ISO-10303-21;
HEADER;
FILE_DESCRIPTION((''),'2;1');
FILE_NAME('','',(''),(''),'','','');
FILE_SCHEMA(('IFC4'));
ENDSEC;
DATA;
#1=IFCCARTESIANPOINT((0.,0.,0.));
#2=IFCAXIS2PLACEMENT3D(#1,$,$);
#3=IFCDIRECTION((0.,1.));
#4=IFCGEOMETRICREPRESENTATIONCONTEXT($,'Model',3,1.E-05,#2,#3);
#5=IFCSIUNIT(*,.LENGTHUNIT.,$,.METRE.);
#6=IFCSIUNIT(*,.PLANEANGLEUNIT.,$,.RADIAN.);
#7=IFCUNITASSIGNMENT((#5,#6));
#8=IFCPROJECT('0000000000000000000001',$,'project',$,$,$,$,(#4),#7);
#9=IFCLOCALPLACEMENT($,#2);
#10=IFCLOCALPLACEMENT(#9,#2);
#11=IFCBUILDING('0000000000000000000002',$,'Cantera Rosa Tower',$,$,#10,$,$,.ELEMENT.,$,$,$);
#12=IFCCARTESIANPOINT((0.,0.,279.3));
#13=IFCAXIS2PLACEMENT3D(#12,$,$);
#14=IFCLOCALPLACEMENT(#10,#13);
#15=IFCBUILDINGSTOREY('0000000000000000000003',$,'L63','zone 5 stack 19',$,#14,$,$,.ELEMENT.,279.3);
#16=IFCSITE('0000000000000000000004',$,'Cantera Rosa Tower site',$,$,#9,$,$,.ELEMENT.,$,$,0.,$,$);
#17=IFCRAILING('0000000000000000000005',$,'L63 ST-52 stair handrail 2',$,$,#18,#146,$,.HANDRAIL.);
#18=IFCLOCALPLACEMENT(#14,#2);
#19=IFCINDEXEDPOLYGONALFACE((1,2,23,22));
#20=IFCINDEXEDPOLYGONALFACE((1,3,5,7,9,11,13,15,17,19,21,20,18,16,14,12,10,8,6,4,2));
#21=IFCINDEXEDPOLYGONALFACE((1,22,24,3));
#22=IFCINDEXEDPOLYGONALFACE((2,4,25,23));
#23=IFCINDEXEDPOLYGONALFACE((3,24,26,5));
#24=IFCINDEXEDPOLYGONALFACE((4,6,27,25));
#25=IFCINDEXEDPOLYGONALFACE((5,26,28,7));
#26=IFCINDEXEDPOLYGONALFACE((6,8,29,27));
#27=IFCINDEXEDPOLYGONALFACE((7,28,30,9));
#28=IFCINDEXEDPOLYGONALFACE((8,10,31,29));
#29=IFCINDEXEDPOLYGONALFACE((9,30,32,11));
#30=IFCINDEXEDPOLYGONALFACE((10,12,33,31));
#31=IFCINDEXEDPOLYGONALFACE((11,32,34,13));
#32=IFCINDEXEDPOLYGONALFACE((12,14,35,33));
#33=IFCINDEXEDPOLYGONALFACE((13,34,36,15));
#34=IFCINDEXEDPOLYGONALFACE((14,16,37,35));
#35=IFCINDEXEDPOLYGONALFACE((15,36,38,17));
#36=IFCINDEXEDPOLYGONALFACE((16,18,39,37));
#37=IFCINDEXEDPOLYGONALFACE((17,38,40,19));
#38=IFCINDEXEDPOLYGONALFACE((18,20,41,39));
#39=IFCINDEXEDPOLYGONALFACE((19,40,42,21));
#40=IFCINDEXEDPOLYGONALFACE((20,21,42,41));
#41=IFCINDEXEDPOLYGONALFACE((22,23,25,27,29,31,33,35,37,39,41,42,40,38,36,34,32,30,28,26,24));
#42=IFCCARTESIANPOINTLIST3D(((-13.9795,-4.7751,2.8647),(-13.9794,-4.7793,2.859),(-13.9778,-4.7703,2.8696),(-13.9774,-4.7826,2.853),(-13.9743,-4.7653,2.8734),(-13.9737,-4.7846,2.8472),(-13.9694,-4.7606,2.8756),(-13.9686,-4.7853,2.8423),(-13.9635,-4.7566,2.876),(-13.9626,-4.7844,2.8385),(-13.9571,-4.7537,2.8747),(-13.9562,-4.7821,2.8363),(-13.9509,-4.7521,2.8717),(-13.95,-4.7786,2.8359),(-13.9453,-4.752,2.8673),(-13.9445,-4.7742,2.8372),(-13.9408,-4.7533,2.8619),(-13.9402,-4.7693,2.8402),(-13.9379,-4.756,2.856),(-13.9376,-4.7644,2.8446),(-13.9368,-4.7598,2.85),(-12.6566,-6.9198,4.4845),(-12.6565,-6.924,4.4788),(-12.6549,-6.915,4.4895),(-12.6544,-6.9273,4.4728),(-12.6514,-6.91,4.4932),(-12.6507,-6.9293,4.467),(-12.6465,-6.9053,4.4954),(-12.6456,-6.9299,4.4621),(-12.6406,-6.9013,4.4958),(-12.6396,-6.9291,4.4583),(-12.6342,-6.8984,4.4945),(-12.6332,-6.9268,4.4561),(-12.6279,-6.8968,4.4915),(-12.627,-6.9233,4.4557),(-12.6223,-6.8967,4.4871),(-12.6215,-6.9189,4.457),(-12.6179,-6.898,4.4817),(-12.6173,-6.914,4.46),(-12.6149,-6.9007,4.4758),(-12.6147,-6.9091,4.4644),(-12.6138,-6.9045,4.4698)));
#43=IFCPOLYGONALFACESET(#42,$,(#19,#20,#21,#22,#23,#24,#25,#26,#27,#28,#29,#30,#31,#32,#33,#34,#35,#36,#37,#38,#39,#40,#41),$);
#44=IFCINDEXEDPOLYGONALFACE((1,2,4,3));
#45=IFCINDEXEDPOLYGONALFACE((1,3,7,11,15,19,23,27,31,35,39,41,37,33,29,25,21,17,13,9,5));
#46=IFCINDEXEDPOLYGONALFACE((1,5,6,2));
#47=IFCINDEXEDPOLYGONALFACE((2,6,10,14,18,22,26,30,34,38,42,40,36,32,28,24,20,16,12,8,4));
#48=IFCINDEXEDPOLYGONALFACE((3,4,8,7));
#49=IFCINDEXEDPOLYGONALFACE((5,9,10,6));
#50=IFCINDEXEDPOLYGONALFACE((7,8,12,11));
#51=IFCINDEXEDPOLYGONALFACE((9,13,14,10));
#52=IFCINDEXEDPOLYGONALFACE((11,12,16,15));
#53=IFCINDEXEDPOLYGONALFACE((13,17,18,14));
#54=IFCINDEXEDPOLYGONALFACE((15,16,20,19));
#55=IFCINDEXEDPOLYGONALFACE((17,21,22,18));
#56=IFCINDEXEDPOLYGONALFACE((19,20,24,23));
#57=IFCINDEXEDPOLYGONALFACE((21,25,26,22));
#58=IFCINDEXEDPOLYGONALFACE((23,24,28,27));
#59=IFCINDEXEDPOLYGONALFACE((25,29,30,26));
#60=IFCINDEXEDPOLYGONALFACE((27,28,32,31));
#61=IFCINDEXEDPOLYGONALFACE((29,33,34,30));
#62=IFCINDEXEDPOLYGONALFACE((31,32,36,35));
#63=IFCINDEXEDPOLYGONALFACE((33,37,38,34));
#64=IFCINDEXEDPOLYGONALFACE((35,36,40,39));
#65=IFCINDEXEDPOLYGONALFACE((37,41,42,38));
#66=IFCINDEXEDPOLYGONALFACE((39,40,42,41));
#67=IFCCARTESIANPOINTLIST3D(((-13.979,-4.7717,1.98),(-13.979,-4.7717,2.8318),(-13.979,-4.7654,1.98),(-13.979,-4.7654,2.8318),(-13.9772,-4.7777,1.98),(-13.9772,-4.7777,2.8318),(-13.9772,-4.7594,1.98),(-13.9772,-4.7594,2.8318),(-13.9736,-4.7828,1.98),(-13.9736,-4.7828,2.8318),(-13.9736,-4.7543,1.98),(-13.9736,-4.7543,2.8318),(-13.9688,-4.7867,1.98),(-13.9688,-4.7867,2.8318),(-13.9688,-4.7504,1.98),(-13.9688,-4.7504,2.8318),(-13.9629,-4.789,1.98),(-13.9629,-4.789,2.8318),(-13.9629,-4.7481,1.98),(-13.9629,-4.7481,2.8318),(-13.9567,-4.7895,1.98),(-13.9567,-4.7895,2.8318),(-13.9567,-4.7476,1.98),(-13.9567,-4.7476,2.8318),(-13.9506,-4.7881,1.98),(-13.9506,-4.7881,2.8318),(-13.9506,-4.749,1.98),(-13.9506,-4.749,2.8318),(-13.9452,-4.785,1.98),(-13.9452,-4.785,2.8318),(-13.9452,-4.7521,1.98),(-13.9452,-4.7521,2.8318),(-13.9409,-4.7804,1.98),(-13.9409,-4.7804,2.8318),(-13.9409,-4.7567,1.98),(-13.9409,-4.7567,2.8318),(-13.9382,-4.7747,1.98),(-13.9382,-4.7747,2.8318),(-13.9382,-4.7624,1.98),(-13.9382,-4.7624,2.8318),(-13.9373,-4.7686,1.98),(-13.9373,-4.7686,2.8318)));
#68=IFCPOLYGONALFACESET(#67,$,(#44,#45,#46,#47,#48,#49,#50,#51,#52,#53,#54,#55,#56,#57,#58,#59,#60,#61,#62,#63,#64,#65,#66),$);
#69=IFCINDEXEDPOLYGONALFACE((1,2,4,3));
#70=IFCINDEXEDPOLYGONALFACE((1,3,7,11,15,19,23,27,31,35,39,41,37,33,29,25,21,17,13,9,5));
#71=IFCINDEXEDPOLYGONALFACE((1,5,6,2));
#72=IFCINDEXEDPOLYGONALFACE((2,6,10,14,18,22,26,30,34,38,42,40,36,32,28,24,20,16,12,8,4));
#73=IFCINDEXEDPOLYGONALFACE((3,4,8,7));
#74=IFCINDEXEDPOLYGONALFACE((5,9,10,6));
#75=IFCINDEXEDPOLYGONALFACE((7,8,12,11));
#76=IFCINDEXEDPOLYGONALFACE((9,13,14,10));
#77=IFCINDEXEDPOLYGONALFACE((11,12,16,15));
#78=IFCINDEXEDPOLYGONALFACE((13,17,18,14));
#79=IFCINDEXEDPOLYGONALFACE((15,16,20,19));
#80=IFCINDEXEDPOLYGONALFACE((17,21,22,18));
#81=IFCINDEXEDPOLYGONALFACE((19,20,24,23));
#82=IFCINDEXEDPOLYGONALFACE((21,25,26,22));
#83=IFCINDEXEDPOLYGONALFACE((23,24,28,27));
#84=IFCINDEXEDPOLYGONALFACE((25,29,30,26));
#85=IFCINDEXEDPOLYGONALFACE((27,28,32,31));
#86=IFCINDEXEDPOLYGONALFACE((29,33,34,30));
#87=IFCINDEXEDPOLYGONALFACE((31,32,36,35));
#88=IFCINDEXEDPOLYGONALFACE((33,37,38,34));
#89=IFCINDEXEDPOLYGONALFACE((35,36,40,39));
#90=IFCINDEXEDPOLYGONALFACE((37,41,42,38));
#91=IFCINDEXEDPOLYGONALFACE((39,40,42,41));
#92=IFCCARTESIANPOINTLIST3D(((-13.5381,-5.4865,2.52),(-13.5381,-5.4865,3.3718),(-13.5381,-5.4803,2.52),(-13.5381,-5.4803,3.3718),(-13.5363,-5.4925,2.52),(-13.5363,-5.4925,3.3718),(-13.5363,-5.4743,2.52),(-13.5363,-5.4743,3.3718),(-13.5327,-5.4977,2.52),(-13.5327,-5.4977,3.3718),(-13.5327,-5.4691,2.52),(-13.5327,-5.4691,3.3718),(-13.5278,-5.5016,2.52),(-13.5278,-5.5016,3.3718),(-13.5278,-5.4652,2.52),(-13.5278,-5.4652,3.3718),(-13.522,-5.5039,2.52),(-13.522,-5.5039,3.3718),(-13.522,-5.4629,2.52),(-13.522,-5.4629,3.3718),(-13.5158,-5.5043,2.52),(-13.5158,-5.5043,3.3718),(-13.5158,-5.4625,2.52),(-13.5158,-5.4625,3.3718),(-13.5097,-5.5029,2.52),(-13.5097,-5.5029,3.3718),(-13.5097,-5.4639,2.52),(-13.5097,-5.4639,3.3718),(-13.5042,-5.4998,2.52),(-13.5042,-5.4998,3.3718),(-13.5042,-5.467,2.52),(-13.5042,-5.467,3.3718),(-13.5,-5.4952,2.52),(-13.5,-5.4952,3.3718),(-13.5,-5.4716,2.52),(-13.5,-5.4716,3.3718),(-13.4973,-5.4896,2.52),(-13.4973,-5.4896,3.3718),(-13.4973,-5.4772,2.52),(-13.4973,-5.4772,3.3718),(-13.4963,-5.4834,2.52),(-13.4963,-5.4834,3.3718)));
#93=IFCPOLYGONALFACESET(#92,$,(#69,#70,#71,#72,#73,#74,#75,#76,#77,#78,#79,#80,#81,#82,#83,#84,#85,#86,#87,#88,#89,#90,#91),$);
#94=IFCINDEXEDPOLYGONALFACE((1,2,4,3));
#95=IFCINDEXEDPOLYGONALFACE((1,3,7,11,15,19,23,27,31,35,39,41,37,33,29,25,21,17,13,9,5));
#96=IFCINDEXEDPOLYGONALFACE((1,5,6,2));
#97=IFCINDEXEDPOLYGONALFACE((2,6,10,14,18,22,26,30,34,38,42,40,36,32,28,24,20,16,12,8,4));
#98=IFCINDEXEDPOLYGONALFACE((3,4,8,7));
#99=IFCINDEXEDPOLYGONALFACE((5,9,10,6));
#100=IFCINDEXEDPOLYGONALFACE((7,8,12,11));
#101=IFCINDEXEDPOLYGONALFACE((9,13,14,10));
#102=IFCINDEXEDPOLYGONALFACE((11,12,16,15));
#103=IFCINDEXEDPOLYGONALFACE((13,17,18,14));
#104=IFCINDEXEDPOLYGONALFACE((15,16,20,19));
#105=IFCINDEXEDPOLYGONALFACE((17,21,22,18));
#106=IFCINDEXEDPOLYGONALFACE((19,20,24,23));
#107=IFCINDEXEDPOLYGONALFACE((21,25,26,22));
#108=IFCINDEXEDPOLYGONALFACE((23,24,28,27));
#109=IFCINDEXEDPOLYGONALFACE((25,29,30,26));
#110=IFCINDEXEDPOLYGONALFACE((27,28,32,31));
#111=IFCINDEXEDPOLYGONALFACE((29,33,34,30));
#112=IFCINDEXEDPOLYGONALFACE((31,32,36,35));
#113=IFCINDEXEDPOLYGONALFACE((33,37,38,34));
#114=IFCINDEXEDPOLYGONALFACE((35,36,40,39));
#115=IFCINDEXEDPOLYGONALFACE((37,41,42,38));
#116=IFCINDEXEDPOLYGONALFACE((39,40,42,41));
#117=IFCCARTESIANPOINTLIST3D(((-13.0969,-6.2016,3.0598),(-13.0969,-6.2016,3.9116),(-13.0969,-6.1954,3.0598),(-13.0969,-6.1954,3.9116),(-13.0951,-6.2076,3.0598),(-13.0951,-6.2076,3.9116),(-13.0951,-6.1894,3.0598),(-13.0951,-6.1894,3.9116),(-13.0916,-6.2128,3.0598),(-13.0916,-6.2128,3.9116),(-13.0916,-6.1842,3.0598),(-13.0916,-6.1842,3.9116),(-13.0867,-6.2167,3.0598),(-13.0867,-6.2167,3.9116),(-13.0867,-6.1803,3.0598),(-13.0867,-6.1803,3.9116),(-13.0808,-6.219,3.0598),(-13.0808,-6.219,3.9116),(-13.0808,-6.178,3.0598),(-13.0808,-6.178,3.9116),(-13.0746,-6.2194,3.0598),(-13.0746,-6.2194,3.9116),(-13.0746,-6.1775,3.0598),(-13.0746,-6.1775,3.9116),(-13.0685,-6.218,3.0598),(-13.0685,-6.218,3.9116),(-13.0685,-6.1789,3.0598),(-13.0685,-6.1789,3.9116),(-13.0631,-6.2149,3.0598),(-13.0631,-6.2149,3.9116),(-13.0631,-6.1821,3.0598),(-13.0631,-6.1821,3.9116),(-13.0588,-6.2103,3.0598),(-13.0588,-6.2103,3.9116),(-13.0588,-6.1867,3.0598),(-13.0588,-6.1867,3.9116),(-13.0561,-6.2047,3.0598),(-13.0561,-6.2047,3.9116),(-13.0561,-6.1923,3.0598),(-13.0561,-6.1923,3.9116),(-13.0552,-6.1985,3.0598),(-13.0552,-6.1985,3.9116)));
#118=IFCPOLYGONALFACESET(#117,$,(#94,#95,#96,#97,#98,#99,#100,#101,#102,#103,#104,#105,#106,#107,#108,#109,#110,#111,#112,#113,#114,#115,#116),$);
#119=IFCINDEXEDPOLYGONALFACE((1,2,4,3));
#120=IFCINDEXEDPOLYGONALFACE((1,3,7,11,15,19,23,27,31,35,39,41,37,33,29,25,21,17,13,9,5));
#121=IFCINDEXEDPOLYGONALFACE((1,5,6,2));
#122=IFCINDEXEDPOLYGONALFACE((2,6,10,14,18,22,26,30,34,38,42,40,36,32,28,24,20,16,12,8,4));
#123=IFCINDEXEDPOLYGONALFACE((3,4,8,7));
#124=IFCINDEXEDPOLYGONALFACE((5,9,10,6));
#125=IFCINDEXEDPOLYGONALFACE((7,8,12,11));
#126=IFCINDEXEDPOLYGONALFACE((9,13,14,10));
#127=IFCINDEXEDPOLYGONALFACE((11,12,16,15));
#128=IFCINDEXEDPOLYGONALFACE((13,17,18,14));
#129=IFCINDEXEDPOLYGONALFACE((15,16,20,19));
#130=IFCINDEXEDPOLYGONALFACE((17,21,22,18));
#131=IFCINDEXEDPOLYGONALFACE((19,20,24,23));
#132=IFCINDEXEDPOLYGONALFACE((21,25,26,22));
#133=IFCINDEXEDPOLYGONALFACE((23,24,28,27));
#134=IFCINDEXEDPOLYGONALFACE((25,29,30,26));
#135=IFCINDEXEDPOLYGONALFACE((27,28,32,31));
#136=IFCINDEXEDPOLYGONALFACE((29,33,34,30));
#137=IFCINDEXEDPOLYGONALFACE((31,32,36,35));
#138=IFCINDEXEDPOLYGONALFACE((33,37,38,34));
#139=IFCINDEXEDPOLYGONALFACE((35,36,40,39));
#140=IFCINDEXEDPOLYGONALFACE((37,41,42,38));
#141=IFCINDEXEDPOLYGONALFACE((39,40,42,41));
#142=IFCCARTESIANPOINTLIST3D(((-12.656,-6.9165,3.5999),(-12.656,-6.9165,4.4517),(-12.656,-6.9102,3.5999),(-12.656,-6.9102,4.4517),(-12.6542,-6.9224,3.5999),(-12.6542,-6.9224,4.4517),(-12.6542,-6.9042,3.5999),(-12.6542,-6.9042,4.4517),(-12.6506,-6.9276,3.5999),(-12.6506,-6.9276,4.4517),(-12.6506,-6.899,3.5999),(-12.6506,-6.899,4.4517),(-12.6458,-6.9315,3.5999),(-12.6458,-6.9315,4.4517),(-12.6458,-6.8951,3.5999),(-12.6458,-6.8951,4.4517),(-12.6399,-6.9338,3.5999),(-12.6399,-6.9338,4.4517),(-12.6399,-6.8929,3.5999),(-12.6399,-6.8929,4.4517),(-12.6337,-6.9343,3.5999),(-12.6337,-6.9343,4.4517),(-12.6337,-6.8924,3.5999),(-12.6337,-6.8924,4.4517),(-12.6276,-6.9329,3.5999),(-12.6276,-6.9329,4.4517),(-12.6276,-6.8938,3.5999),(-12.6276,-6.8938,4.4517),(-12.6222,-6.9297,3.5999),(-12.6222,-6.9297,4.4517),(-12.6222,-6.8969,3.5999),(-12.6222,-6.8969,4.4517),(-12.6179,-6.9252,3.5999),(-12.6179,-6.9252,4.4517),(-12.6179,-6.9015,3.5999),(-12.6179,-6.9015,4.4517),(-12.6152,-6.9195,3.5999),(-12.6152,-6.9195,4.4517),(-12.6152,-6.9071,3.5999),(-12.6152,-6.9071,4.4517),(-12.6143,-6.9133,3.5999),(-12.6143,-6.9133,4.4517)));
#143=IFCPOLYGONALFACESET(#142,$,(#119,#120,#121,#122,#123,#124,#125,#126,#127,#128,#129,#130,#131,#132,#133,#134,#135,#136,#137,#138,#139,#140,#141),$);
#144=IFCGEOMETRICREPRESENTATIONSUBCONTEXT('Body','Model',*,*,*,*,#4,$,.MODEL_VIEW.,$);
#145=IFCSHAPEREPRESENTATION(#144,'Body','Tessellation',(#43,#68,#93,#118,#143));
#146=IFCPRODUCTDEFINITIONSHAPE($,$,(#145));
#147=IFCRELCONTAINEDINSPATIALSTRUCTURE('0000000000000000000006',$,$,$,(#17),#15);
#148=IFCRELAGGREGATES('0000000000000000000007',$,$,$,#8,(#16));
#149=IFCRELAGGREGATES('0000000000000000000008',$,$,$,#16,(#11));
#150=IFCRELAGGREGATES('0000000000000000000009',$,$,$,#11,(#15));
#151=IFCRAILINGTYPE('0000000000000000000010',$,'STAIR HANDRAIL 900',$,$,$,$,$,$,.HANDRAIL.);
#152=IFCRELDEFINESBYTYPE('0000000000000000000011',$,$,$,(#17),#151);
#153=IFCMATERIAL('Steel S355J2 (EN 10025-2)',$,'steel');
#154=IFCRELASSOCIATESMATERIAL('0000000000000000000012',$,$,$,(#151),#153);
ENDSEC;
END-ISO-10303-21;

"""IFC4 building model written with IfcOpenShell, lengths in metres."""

from ifc_helpers import new_model, si_unit, direction, frame, origin, origin_2d, place, context, subcontext, project, spatial, circle, extrude, material, type_object, element, save


model = new_model("IFC4")

# Units and contexts
model_context = context("Model", 3, precision=1e-05, world=origin(), true_north=direction((0.0, 1.0)))
body_context = subcontext(model_context, "Body", "Model", "MODEL_VIEW")
ifc_project = project(units=[si_unit("LENGTHUNIT", "METRE"), si_unit("PLANEANGLEUNIT", "RADIAN")], contexts=[model_context])

# Site, building, storey
site_placement = place(None, origin())
site = spatial("IfcSite", under=ifc_project, at=site_placement, Name="Cantera Rosa Tower site", CompositionType="ELEMENT", RefElevation=0.0)
building_placement = place(site_placement, origin())
building = spatial("IfcBuilding", under=site, at=building_placement, Name="Cantera Rosa Tower", CompositionType="ELEMENT")
storey_placement = place(building_placement, frame((0.0, 0.0, 279.3)))
storey = spatial("IfcBuildingStorey", under=building, at=storey_placement, Name="L63", Description="zone 5 stack 19", CompositionType="ELEMENT", Elevation=279.3)

# Railing
ifc_material_1 = material(Name="Steel S355J2 (EN 10025-2)", Category="steel")
railing_type_1 = type_object("IfcRailingType", Name="STAIR HANDRAIL 900", PredefinedType="HANDRAIL", material=ifc_material_1)
railing_1_placement = place(storey_placement, frame((-13.9583, -4.7686, 1.98)))
element("IfcRailing", 1, at=railing_1_placement, inside=storey, type_object=railing_type_1, Name="L63 ST-52 stair handrail 2", PredefinedType="HANDRAIL", context=body_context, shape_type="SweptSolid", body=[
    extrude(circle(Radius=0.0239, at=origin_2d()), frame((0.0, 0.0, 0.876), z_axis=(0.441629, -0.715945, 0.540728), x_axis=(0.851102, 0.525, 0.0)), (0.0, 0.0, 1.0), 2.9956),
    extrude(circle(Radius=0.021, at=origin_2d()), origin(), (0.0, 0.0, 1.0), 0.8518),
    extrude(circle(Radius=0.021, at=origin_2d()), frame((0.4409, -0.7148, 0.54)), (0.0, 0.0, 1.0), 0.8518),
    extrude(circle(Radius=0.021, at=origin_2d()), frame((0.8821, -1.4299, 1.0798)), (0.0, 0.0, 1.0), 0.8518),
    extrude(circle(Radius=0.021, at=origin_2d()), frame((1.323, -2.1448, 1.6199)), (0.0, 0.0, 1.0), 0.8518),
])

save(model, "model.ifc")
